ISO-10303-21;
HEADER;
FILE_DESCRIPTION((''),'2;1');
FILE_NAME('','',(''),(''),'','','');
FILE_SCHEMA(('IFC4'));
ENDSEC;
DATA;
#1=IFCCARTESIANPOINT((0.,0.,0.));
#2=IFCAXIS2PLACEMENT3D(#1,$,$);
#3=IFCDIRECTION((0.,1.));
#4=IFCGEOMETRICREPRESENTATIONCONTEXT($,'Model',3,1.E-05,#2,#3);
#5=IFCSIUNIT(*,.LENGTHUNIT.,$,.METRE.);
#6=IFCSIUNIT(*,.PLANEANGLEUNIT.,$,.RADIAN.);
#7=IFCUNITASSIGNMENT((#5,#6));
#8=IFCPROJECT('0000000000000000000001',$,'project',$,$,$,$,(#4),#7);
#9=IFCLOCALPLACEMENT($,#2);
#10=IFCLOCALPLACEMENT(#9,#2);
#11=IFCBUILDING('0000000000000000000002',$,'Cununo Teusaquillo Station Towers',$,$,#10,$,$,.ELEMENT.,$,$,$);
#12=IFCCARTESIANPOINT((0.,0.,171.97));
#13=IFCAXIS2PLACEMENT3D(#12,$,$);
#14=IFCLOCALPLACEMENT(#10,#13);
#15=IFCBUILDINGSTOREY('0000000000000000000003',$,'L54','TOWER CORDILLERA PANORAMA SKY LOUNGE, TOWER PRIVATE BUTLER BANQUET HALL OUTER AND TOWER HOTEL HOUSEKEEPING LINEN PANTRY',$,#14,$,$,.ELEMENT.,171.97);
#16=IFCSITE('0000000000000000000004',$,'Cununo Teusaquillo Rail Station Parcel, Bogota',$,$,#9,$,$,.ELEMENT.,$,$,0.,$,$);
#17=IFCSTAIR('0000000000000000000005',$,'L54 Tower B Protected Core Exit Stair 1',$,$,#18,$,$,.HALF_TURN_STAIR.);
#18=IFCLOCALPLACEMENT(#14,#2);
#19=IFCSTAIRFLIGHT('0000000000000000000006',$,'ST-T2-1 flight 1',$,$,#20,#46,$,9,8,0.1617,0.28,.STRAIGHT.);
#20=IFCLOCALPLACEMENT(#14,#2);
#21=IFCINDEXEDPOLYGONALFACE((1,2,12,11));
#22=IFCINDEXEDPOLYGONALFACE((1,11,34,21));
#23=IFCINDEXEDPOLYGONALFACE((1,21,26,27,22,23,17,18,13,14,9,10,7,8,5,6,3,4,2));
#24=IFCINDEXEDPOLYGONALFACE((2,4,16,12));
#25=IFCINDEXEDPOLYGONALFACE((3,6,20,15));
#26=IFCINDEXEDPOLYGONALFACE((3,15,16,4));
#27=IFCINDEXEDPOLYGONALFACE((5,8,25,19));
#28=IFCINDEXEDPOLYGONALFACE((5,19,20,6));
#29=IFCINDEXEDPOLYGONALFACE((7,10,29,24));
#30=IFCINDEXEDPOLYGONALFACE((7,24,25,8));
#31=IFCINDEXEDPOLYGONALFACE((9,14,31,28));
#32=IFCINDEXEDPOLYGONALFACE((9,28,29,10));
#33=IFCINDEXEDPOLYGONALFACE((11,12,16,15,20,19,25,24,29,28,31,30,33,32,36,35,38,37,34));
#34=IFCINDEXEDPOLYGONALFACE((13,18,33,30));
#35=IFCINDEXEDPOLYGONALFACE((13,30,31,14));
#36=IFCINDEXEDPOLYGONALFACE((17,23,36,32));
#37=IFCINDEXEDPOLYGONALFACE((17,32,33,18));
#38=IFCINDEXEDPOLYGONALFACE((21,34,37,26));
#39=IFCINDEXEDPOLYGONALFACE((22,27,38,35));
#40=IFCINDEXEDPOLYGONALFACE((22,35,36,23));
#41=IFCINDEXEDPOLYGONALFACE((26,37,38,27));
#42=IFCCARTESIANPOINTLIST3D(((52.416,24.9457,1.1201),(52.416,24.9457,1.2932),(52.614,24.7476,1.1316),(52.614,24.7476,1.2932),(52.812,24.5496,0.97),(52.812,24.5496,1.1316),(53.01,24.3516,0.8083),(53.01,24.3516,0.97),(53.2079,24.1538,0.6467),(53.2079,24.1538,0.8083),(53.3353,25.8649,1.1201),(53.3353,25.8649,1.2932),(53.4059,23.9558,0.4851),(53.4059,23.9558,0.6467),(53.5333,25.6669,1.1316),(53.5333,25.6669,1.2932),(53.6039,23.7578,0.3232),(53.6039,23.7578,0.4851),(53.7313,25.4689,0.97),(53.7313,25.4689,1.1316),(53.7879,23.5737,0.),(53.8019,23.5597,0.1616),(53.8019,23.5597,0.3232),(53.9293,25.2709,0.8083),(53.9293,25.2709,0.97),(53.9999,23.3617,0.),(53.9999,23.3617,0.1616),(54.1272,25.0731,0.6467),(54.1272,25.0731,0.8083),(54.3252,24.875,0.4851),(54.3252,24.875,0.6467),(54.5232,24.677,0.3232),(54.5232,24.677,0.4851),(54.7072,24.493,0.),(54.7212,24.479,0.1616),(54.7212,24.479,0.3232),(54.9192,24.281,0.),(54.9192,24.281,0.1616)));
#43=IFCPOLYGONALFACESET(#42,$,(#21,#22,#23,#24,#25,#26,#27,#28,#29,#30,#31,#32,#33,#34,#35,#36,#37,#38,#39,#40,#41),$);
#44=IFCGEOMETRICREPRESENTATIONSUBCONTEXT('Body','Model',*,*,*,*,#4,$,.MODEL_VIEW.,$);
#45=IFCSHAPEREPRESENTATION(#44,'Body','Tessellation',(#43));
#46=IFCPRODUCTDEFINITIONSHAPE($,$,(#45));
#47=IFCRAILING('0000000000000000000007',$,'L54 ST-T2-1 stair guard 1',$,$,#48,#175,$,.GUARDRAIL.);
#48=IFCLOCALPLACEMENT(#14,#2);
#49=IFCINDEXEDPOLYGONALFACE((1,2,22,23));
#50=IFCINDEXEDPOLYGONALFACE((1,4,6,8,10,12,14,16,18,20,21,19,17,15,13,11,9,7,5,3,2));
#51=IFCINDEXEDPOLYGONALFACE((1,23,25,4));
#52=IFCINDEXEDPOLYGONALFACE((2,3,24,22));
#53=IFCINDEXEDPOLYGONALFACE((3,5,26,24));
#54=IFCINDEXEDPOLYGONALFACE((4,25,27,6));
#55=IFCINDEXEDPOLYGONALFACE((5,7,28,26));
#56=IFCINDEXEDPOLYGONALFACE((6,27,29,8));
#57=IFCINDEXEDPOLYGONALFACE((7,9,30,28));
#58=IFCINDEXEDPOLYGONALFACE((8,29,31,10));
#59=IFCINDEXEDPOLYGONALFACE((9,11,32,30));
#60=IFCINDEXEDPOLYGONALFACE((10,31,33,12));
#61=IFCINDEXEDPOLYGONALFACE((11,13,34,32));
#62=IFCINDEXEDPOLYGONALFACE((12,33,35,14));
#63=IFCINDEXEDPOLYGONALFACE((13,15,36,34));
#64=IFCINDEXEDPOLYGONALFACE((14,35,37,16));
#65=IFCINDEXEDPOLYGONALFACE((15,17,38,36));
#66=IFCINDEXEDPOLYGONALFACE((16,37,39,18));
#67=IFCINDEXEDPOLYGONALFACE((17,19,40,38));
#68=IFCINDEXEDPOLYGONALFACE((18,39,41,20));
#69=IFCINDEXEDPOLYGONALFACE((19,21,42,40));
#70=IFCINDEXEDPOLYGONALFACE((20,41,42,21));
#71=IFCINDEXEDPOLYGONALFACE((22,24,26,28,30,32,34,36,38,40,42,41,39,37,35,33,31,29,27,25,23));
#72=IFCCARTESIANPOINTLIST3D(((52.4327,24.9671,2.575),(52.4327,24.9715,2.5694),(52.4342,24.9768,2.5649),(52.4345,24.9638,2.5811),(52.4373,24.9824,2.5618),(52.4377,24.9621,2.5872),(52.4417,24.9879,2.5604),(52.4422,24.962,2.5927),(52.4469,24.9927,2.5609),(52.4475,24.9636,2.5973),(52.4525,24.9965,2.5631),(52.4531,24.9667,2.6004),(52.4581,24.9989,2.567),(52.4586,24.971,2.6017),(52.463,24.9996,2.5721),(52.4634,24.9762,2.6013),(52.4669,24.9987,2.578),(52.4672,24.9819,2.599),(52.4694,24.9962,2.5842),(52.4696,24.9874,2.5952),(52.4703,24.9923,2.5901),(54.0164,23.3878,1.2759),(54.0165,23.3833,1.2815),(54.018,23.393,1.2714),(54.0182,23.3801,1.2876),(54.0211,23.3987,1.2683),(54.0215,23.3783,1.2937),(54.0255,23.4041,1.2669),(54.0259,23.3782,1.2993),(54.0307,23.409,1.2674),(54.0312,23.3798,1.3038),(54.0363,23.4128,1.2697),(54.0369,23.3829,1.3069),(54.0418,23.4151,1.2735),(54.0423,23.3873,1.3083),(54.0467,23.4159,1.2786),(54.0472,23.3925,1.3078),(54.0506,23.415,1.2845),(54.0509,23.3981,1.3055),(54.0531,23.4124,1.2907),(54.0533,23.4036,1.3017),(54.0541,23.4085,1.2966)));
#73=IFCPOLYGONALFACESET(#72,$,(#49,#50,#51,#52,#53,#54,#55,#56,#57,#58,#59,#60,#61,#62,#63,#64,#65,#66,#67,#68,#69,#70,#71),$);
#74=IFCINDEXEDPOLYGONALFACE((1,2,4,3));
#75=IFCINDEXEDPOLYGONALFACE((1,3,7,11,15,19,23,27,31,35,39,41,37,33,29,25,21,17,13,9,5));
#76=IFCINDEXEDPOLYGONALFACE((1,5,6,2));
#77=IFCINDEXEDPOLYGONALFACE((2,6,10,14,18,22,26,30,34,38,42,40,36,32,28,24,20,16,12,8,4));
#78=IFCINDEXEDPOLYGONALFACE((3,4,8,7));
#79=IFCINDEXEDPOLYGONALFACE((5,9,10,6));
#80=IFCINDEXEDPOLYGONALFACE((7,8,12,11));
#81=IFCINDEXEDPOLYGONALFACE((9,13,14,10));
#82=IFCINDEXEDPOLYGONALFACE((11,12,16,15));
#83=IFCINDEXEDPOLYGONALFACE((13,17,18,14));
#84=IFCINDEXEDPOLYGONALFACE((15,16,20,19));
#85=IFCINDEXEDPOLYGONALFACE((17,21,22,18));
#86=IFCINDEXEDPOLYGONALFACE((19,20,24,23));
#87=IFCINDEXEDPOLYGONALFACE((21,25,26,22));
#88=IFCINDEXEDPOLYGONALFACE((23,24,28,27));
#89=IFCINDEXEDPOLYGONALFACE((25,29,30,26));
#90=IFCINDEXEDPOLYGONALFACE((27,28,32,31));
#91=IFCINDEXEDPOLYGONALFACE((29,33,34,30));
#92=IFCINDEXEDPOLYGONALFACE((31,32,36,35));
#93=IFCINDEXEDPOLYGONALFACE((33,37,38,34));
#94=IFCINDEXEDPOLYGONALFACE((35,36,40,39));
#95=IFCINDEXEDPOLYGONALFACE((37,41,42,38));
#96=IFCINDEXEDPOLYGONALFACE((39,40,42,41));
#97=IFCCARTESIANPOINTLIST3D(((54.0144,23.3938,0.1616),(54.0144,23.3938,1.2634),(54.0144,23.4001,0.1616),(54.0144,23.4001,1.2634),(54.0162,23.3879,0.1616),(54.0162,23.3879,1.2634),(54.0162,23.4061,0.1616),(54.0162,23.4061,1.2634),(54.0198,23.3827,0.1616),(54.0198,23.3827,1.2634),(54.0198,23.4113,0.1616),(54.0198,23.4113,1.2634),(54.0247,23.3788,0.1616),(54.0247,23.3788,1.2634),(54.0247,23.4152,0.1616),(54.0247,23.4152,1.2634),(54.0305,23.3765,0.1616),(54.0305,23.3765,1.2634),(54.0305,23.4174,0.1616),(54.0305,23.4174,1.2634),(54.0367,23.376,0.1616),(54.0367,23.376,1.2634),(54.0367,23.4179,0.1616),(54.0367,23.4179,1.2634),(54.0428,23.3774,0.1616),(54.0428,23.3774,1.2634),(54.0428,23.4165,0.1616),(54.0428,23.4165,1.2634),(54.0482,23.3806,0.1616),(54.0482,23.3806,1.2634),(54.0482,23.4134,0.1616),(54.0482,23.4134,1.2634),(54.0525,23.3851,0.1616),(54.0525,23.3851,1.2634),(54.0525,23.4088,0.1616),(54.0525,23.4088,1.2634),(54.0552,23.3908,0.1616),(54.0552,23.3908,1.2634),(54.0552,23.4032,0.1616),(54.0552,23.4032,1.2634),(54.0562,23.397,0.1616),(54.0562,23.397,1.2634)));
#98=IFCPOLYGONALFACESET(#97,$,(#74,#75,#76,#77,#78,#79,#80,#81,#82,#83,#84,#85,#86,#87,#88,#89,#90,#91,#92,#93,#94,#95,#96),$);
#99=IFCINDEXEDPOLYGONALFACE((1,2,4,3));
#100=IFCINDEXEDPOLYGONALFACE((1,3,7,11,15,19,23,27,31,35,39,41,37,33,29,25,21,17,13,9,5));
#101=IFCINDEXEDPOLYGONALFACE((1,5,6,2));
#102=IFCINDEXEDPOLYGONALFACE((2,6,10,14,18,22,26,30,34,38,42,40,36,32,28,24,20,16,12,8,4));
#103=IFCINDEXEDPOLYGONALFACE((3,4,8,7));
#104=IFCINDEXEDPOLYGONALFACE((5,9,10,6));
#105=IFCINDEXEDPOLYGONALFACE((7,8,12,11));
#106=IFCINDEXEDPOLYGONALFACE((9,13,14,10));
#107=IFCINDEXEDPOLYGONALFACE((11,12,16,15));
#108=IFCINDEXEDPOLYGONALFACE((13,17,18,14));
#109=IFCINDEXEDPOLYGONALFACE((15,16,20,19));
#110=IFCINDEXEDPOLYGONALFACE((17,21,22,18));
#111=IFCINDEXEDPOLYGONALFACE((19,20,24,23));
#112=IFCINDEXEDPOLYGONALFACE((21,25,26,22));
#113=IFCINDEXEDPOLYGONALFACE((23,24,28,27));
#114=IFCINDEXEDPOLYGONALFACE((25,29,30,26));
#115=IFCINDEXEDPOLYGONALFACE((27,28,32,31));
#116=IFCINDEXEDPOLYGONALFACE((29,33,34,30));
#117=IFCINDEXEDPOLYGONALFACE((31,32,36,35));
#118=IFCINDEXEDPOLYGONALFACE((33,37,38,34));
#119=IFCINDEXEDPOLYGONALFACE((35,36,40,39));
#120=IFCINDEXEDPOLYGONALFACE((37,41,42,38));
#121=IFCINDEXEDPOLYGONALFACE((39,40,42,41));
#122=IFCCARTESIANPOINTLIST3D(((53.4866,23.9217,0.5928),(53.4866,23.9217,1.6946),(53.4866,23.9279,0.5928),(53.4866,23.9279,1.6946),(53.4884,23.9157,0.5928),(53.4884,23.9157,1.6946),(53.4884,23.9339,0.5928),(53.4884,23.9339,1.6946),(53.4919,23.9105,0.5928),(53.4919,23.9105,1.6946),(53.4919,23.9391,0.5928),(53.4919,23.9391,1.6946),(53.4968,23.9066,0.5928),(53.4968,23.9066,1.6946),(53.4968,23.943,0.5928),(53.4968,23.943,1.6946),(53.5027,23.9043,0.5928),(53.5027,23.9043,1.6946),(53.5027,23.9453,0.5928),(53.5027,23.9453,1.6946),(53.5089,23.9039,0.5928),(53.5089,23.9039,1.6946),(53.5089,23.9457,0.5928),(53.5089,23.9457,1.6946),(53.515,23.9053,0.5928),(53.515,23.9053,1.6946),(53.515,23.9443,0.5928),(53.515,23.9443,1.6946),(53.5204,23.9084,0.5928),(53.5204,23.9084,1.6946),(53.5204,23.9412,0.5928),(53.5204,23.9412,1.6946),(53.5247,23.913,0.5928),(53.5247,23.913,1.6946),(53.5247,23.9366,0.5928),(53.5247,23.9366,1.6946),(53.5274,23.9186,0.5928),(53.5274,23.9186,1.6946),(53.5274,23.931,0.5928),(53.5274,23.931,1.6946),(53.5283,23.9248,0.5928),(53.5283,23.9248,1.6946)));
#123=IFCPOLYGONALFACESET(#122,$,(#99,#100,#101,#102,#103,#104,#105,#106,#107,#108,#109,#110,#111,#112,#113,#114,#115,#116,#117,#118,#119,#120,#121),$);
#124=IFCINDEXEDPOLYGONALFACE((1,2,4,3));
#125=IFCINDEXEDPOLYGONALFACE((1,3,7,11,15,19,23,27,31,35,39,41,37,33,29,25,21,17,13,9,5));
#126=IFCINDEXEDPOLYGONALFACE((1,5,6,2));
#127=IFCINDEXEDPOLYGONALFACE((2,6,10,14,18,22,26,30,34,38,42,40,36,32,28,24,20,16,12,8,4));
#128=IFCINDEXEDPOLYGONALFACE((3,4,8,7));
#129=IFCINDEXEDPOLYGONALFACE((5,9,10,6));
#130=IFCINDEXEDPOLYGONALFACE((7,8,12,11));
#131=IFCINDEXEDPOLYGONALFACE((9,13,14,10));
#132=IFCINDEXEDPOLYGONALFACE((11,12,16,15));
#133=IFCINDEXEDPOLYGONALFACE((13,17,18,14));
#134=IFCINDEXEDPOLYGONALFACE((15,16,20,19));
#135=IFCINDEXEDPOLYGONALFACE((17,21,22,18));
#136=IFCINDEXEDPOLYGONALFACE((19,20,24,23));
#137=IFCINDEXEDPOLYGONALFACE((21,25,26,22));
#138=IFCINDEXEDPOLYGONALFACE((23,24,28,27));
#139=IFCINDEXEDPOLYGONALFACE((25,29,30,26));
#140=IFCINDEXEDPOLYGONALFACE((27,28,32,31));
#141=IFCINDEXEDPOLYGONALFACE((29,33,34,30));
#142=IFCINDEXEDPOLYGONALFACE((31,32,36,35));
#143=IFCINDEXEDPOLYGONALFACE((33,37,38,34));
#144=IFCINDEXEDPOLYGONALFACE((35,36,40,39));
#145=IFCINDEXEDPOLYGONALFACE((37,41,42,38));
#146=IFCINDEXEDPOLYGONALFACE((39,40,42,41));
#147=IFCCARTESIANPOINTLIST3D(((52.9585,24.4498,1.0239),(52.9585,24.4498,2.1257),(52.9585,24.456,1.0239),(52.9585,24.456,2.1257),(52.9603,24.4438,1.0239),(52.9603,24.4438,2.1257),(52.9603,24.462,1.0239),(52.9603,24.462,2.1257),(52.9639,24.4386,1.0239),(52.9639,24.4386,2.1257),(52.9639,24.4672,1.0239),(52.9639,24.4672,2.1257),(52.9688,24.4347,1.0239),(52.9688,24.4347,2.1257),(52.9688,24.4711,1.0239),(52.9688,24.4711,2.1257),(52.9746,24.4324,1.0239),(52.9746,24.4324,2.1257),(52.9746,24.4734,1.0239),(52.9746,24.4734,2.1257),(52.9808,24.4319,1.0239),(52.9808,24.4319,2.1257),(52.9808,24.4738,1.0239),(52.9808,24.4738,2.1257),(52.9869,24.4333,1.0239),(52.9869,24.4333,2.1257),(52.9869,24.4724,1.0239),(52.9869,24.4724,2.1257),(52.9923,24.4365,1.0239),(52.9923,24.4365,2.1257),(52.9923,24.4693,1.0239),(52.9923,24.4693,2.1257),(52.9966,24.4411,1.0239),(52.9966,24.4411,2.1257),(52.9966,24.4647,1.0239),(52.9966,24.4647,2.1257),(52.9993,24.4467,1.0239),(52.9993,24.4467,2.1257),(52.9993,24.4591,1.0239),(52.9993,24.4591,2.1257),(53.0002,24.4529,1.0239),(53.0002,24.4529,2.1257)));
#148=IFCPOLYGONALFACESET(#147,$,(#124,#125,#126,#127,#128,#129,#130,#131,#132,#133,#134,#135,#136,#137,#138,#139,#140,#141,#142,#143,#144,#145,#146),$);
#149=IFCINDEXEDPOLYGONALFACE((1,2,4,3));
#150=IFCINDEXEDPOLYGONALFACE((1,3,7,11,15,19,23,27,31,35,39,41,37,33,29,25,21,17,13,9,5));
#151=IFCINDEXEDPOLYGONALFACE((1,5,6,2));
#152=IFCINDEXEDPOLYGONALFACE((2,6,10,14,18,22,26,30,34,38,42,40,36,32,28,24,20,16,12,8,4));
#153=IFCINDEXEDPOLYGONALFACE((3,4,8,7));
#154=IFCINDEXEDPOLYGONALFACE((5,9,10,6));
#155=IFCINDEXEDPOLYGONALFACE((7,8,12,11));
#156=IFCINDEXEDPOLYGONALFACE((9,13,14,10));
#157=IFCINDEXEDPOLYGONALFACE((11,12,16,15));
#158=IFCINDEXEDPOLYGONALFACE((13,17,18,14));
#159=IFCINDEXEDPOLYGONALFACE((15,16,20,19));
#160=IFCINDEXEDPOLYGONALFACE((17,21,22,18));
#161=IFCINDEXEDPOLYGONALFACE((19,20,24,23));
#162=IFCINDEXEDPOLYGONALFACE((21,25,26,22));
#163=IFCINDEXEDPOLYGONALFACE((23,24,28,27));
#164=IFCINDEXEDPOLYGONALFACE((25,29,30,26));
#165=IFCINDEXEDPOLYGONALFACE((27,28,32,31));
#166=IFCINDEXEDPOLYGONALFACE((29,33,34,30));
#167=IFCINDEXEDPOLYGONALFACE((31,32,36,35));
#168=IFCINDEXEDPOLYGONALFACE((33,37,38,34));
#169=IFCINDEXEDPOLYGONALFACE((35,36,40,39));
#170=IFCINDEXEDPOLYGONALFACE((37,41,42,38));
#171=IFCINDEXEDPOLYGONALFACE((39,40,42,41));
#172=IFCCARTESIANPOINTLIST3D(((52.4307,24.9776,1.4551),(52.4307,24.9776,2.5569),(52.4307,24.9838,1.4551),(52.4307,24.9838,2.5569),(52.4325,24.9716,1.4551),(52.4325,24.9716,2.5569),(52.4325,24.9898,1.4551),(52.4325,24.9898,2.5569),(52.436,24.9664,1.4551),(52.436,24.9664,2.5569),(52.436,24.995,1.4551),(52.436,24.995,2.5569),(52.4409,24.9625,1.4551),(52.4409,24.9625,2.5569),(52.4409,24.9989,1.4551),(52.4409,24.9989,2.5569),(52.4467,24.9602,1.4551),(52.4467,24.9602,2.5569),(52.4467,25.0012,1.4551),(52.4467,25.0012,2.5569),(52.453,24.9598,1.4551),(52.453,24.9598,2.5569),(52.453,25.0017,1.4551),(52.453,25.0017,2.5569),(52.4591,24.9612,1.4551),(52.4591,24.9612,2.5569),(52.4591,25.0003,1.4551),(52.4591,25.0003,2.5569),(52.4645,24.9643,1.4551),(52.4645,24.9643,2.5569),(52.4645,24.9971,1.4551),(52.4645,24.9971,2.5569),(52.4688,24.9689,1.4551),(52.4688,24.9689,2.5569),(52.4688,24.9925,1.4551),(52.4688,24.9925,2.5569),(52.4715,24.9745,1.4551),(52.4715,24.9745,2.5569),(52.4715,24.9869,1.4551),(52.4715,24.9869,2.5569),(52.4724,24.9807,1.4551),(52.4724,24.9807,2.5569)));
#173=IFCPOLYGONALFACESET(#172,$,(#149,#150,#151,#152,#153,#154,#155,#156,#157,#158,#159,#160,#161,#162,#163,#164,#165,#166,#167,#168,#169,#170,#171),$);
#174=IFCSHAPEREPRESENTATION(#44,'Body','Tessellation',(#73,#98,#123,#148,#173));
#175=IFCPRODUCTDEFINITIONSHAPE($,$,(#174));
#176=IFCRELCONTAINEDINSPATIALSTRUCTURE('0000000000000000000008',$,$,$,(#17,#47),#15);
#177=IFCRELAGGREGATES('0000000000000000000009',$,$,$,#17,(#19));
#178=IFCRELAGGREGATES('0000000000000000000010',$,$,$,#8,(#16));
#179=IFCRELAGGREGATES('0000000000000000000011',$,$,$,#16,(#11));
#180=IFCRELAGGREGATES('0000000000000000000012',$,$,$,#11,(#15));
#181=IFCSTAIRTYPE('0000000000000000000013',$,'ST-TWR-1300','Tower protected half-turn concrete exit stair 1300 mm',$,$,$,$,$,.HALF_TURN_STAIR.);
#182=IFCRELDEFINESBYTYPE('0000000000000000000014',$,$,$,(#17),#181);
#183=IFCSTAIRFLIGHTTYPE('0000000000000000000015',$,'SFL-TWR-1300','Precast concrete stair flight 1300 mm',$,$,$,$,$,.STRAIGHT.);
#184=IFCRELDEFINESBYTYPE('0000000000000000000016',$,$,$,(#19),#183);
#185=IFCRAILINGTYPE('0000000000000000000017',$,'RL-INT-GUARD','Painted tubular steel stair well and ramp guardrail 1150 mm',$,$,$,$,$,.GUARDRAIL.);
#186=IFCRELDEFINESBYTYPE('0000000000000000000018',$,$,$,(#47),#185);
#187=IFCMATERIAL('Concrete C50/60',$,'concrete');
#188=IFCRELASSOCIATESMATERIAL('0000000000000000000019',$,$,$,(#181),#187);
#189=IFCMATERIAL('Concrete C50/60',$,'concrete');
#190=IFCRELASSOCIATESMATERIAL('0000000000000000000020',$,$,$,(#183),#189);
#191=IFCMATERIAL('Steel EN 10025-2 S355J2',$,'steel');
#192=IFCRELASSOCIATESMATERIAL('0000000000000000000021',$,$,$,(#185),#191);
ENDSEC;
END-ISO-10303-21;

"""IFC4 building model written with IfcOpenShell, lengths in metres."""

from ifc_helpers import new_model, si_unit, direction, frame, origin, origin_2d, place, context, subcontext, project, spatial, polyline, circle, outline, extrude, material, type_object, element, aggregate, save


model = new_model("IFC4")

# Units and contexts
model_context = context("Model", 3, precision=1e-05, world=origin(), true_north=direction((0.0, 1.0)))
body_context = subcontext(model_context, "Body", "Model", "MODEL_VIEW")
ifc_project = project(units=[si_unit("LENGTHUNIT", "METRE"), si_unit("PLANEANGLEUNIT", "RADIAN")], contexts=[model_context])

# Site, building, storey
site_placement = place(None, origin())
site = spatial("IfcSite", under=ifc_project, at=site_placement, Name="Cununo Teusaquillo Rail Station Parcel, Bogota", CompositionType="ELEMENT", RefElevation=0.0)
building_placement = place(site_placement, origin())
building = spatial("IfcBuilding", under=site, at=building_placement, Name="Cununo Teusaquillo Station Towers", CompositionType="ELEMENT")
storey_placement = place(building_placement, frame((0.0, 0.0, 171.97)))
storey = spatial("IfcBuildingStorey", under=building, at=storey_placement, Name="L54", Description="TOWER CORDILLERA PANORAMA SKY LOUNGE, TOWER PRIVATE BUTLER BANQUET HALL OUTER AND TOWER HOTEL HOUSEKEEPING LINEN PANTRY", CompositionType="ELEMENT", Elevation=171.97)

# Stair, stair flight
ifc_material_1 = material(Name="Concrete C50/60", Category="concrete")
stair_type = type_object("IfcStairType", Name="ST-TWR-1300", Description="Tower protected half-turn concrete exit stair 1300 mm", PredefinedType="HALF_TURN_STAIR", material=ifc_material_1)
stair_placement = place(storey_placement, origin())
stair = element("IfcStair", 1, at=stair_placement, inside=storey, type_object=stair_type, Name="L54 Tower B Protected Core Exit Stair 1", PredefinedType="HALF_TURN_STAIR")
ifc_material_2 = material(Name="Concrete C50/60", Category="concrete")
stair_flight_type = type_object("IfcStairFlightType", Name="SFL-TWR-1300", Description="Precast concrete stair flight 1300 mm", PredefinedType="STRAIGHT", material=ifc_material_2)
stair_flight_placement = place(storey_placement, frame((54.4595, 23.8213, 0.0), z_axis=(0.0, 0.0, 1.0), x_axis=(-0.707107, 0.707107, 0.0)))
stair_flight = element("IfcStairFlight", 2, at=stair_flight_placement, type_object=stair_flight_type, Name="ST-T2-1 flight 1", NumberOfRisers=9, NumberOfTreads=8, PredefinedType="STRAIGHT", RiserHeight=0.1617, TreadLength=0.28, context=body_context, shape_type="SweptSolid", body=[
    extrude(outline(polyline([(0.0, 0.0), (0.0, 0.1616), (0.28, 0.1616), (0.28, 0.3232), (0.5601, 0.3232), (0.5601, 0.4851), (0.8401, 0.4851), (0.8401, 0.6467), (1.1201, 0.6467), (1.1201, 0.8083), (1.3999, 0.8083), (1.3999, 0.97), (1.6799, 0.97), (1.6799, 1.1316), (1.96, 1.1316), (1.96, 1.2932), (2.24, 1.2932), (2.24, 1.4551), (2.24, 1.1201), (0.2998, 0.0), (0.0, 0.0)])), frame((0.0, 0.6499, 0.0), z_axis=(0.0, -1.0, 0.0), x_axis=(1.0, 0.0, 0.0)), (0.0, 0.0, 1.0), 1.3),
])
aggregate(stair, [stair_flight])

# Railing
ifc_material_3 = material(Name="Steel EN 10025-2 S355J2", Category="steel")
railing_type_1 = type_object("IfcRailingType", Name="RL-INT-GUARD", Description="Painted tubular steel stair well and ramp guardrail 1150 mm", PredefinedType="GUARDRAIL", material=ifc_material_3)
railing_1_placement = place(storey_placement, frame((54.0352, 23.397, 0.1616)))
element("IfcRailing", 3, at=railing_1_placement, inside=storey, type_object=railing_type_1, Name="L54 ST-T2-1 stair guard 1", PredefinedType="GUARDRAIL", context=body_context, shape_type="SweptSolid", body=[
    extrude(circle(Radius=0.0239, at=origin_2d()), frame((0.0, 0.0, 1.126), z_axis=(-0.612332, 0.612332, 0.500098), x_axis=(-0.707107, -0.707107, 0.0)), (0.0, 0.0, 1.0), 2.5864),
    extrude(circle(Radius=0.021, at=origin_2d()), origin(), (0.0, 0.0, 1.0), 1.1018),
    extrude(circle(Radius=0.021, at=origin_2d()), frame((-0.5278, 0.5278, 0.4312)), (0.0, 0.0, 1.0), 1.1018),
    extrude(circle(Radius=0.021, at=origin_2d()), frame((-1.0559, 1.0559, 0.8623)), (0.0, 0.0, 1.0), 1.1018),
    extrude(circle(Radius=0.021, at=origin_2d()), frame((-1.5837, 1.5837, 1.2935)), (0.0, 0.0, 1.0), 1.1018),
])

save(model, "model.ifc")
